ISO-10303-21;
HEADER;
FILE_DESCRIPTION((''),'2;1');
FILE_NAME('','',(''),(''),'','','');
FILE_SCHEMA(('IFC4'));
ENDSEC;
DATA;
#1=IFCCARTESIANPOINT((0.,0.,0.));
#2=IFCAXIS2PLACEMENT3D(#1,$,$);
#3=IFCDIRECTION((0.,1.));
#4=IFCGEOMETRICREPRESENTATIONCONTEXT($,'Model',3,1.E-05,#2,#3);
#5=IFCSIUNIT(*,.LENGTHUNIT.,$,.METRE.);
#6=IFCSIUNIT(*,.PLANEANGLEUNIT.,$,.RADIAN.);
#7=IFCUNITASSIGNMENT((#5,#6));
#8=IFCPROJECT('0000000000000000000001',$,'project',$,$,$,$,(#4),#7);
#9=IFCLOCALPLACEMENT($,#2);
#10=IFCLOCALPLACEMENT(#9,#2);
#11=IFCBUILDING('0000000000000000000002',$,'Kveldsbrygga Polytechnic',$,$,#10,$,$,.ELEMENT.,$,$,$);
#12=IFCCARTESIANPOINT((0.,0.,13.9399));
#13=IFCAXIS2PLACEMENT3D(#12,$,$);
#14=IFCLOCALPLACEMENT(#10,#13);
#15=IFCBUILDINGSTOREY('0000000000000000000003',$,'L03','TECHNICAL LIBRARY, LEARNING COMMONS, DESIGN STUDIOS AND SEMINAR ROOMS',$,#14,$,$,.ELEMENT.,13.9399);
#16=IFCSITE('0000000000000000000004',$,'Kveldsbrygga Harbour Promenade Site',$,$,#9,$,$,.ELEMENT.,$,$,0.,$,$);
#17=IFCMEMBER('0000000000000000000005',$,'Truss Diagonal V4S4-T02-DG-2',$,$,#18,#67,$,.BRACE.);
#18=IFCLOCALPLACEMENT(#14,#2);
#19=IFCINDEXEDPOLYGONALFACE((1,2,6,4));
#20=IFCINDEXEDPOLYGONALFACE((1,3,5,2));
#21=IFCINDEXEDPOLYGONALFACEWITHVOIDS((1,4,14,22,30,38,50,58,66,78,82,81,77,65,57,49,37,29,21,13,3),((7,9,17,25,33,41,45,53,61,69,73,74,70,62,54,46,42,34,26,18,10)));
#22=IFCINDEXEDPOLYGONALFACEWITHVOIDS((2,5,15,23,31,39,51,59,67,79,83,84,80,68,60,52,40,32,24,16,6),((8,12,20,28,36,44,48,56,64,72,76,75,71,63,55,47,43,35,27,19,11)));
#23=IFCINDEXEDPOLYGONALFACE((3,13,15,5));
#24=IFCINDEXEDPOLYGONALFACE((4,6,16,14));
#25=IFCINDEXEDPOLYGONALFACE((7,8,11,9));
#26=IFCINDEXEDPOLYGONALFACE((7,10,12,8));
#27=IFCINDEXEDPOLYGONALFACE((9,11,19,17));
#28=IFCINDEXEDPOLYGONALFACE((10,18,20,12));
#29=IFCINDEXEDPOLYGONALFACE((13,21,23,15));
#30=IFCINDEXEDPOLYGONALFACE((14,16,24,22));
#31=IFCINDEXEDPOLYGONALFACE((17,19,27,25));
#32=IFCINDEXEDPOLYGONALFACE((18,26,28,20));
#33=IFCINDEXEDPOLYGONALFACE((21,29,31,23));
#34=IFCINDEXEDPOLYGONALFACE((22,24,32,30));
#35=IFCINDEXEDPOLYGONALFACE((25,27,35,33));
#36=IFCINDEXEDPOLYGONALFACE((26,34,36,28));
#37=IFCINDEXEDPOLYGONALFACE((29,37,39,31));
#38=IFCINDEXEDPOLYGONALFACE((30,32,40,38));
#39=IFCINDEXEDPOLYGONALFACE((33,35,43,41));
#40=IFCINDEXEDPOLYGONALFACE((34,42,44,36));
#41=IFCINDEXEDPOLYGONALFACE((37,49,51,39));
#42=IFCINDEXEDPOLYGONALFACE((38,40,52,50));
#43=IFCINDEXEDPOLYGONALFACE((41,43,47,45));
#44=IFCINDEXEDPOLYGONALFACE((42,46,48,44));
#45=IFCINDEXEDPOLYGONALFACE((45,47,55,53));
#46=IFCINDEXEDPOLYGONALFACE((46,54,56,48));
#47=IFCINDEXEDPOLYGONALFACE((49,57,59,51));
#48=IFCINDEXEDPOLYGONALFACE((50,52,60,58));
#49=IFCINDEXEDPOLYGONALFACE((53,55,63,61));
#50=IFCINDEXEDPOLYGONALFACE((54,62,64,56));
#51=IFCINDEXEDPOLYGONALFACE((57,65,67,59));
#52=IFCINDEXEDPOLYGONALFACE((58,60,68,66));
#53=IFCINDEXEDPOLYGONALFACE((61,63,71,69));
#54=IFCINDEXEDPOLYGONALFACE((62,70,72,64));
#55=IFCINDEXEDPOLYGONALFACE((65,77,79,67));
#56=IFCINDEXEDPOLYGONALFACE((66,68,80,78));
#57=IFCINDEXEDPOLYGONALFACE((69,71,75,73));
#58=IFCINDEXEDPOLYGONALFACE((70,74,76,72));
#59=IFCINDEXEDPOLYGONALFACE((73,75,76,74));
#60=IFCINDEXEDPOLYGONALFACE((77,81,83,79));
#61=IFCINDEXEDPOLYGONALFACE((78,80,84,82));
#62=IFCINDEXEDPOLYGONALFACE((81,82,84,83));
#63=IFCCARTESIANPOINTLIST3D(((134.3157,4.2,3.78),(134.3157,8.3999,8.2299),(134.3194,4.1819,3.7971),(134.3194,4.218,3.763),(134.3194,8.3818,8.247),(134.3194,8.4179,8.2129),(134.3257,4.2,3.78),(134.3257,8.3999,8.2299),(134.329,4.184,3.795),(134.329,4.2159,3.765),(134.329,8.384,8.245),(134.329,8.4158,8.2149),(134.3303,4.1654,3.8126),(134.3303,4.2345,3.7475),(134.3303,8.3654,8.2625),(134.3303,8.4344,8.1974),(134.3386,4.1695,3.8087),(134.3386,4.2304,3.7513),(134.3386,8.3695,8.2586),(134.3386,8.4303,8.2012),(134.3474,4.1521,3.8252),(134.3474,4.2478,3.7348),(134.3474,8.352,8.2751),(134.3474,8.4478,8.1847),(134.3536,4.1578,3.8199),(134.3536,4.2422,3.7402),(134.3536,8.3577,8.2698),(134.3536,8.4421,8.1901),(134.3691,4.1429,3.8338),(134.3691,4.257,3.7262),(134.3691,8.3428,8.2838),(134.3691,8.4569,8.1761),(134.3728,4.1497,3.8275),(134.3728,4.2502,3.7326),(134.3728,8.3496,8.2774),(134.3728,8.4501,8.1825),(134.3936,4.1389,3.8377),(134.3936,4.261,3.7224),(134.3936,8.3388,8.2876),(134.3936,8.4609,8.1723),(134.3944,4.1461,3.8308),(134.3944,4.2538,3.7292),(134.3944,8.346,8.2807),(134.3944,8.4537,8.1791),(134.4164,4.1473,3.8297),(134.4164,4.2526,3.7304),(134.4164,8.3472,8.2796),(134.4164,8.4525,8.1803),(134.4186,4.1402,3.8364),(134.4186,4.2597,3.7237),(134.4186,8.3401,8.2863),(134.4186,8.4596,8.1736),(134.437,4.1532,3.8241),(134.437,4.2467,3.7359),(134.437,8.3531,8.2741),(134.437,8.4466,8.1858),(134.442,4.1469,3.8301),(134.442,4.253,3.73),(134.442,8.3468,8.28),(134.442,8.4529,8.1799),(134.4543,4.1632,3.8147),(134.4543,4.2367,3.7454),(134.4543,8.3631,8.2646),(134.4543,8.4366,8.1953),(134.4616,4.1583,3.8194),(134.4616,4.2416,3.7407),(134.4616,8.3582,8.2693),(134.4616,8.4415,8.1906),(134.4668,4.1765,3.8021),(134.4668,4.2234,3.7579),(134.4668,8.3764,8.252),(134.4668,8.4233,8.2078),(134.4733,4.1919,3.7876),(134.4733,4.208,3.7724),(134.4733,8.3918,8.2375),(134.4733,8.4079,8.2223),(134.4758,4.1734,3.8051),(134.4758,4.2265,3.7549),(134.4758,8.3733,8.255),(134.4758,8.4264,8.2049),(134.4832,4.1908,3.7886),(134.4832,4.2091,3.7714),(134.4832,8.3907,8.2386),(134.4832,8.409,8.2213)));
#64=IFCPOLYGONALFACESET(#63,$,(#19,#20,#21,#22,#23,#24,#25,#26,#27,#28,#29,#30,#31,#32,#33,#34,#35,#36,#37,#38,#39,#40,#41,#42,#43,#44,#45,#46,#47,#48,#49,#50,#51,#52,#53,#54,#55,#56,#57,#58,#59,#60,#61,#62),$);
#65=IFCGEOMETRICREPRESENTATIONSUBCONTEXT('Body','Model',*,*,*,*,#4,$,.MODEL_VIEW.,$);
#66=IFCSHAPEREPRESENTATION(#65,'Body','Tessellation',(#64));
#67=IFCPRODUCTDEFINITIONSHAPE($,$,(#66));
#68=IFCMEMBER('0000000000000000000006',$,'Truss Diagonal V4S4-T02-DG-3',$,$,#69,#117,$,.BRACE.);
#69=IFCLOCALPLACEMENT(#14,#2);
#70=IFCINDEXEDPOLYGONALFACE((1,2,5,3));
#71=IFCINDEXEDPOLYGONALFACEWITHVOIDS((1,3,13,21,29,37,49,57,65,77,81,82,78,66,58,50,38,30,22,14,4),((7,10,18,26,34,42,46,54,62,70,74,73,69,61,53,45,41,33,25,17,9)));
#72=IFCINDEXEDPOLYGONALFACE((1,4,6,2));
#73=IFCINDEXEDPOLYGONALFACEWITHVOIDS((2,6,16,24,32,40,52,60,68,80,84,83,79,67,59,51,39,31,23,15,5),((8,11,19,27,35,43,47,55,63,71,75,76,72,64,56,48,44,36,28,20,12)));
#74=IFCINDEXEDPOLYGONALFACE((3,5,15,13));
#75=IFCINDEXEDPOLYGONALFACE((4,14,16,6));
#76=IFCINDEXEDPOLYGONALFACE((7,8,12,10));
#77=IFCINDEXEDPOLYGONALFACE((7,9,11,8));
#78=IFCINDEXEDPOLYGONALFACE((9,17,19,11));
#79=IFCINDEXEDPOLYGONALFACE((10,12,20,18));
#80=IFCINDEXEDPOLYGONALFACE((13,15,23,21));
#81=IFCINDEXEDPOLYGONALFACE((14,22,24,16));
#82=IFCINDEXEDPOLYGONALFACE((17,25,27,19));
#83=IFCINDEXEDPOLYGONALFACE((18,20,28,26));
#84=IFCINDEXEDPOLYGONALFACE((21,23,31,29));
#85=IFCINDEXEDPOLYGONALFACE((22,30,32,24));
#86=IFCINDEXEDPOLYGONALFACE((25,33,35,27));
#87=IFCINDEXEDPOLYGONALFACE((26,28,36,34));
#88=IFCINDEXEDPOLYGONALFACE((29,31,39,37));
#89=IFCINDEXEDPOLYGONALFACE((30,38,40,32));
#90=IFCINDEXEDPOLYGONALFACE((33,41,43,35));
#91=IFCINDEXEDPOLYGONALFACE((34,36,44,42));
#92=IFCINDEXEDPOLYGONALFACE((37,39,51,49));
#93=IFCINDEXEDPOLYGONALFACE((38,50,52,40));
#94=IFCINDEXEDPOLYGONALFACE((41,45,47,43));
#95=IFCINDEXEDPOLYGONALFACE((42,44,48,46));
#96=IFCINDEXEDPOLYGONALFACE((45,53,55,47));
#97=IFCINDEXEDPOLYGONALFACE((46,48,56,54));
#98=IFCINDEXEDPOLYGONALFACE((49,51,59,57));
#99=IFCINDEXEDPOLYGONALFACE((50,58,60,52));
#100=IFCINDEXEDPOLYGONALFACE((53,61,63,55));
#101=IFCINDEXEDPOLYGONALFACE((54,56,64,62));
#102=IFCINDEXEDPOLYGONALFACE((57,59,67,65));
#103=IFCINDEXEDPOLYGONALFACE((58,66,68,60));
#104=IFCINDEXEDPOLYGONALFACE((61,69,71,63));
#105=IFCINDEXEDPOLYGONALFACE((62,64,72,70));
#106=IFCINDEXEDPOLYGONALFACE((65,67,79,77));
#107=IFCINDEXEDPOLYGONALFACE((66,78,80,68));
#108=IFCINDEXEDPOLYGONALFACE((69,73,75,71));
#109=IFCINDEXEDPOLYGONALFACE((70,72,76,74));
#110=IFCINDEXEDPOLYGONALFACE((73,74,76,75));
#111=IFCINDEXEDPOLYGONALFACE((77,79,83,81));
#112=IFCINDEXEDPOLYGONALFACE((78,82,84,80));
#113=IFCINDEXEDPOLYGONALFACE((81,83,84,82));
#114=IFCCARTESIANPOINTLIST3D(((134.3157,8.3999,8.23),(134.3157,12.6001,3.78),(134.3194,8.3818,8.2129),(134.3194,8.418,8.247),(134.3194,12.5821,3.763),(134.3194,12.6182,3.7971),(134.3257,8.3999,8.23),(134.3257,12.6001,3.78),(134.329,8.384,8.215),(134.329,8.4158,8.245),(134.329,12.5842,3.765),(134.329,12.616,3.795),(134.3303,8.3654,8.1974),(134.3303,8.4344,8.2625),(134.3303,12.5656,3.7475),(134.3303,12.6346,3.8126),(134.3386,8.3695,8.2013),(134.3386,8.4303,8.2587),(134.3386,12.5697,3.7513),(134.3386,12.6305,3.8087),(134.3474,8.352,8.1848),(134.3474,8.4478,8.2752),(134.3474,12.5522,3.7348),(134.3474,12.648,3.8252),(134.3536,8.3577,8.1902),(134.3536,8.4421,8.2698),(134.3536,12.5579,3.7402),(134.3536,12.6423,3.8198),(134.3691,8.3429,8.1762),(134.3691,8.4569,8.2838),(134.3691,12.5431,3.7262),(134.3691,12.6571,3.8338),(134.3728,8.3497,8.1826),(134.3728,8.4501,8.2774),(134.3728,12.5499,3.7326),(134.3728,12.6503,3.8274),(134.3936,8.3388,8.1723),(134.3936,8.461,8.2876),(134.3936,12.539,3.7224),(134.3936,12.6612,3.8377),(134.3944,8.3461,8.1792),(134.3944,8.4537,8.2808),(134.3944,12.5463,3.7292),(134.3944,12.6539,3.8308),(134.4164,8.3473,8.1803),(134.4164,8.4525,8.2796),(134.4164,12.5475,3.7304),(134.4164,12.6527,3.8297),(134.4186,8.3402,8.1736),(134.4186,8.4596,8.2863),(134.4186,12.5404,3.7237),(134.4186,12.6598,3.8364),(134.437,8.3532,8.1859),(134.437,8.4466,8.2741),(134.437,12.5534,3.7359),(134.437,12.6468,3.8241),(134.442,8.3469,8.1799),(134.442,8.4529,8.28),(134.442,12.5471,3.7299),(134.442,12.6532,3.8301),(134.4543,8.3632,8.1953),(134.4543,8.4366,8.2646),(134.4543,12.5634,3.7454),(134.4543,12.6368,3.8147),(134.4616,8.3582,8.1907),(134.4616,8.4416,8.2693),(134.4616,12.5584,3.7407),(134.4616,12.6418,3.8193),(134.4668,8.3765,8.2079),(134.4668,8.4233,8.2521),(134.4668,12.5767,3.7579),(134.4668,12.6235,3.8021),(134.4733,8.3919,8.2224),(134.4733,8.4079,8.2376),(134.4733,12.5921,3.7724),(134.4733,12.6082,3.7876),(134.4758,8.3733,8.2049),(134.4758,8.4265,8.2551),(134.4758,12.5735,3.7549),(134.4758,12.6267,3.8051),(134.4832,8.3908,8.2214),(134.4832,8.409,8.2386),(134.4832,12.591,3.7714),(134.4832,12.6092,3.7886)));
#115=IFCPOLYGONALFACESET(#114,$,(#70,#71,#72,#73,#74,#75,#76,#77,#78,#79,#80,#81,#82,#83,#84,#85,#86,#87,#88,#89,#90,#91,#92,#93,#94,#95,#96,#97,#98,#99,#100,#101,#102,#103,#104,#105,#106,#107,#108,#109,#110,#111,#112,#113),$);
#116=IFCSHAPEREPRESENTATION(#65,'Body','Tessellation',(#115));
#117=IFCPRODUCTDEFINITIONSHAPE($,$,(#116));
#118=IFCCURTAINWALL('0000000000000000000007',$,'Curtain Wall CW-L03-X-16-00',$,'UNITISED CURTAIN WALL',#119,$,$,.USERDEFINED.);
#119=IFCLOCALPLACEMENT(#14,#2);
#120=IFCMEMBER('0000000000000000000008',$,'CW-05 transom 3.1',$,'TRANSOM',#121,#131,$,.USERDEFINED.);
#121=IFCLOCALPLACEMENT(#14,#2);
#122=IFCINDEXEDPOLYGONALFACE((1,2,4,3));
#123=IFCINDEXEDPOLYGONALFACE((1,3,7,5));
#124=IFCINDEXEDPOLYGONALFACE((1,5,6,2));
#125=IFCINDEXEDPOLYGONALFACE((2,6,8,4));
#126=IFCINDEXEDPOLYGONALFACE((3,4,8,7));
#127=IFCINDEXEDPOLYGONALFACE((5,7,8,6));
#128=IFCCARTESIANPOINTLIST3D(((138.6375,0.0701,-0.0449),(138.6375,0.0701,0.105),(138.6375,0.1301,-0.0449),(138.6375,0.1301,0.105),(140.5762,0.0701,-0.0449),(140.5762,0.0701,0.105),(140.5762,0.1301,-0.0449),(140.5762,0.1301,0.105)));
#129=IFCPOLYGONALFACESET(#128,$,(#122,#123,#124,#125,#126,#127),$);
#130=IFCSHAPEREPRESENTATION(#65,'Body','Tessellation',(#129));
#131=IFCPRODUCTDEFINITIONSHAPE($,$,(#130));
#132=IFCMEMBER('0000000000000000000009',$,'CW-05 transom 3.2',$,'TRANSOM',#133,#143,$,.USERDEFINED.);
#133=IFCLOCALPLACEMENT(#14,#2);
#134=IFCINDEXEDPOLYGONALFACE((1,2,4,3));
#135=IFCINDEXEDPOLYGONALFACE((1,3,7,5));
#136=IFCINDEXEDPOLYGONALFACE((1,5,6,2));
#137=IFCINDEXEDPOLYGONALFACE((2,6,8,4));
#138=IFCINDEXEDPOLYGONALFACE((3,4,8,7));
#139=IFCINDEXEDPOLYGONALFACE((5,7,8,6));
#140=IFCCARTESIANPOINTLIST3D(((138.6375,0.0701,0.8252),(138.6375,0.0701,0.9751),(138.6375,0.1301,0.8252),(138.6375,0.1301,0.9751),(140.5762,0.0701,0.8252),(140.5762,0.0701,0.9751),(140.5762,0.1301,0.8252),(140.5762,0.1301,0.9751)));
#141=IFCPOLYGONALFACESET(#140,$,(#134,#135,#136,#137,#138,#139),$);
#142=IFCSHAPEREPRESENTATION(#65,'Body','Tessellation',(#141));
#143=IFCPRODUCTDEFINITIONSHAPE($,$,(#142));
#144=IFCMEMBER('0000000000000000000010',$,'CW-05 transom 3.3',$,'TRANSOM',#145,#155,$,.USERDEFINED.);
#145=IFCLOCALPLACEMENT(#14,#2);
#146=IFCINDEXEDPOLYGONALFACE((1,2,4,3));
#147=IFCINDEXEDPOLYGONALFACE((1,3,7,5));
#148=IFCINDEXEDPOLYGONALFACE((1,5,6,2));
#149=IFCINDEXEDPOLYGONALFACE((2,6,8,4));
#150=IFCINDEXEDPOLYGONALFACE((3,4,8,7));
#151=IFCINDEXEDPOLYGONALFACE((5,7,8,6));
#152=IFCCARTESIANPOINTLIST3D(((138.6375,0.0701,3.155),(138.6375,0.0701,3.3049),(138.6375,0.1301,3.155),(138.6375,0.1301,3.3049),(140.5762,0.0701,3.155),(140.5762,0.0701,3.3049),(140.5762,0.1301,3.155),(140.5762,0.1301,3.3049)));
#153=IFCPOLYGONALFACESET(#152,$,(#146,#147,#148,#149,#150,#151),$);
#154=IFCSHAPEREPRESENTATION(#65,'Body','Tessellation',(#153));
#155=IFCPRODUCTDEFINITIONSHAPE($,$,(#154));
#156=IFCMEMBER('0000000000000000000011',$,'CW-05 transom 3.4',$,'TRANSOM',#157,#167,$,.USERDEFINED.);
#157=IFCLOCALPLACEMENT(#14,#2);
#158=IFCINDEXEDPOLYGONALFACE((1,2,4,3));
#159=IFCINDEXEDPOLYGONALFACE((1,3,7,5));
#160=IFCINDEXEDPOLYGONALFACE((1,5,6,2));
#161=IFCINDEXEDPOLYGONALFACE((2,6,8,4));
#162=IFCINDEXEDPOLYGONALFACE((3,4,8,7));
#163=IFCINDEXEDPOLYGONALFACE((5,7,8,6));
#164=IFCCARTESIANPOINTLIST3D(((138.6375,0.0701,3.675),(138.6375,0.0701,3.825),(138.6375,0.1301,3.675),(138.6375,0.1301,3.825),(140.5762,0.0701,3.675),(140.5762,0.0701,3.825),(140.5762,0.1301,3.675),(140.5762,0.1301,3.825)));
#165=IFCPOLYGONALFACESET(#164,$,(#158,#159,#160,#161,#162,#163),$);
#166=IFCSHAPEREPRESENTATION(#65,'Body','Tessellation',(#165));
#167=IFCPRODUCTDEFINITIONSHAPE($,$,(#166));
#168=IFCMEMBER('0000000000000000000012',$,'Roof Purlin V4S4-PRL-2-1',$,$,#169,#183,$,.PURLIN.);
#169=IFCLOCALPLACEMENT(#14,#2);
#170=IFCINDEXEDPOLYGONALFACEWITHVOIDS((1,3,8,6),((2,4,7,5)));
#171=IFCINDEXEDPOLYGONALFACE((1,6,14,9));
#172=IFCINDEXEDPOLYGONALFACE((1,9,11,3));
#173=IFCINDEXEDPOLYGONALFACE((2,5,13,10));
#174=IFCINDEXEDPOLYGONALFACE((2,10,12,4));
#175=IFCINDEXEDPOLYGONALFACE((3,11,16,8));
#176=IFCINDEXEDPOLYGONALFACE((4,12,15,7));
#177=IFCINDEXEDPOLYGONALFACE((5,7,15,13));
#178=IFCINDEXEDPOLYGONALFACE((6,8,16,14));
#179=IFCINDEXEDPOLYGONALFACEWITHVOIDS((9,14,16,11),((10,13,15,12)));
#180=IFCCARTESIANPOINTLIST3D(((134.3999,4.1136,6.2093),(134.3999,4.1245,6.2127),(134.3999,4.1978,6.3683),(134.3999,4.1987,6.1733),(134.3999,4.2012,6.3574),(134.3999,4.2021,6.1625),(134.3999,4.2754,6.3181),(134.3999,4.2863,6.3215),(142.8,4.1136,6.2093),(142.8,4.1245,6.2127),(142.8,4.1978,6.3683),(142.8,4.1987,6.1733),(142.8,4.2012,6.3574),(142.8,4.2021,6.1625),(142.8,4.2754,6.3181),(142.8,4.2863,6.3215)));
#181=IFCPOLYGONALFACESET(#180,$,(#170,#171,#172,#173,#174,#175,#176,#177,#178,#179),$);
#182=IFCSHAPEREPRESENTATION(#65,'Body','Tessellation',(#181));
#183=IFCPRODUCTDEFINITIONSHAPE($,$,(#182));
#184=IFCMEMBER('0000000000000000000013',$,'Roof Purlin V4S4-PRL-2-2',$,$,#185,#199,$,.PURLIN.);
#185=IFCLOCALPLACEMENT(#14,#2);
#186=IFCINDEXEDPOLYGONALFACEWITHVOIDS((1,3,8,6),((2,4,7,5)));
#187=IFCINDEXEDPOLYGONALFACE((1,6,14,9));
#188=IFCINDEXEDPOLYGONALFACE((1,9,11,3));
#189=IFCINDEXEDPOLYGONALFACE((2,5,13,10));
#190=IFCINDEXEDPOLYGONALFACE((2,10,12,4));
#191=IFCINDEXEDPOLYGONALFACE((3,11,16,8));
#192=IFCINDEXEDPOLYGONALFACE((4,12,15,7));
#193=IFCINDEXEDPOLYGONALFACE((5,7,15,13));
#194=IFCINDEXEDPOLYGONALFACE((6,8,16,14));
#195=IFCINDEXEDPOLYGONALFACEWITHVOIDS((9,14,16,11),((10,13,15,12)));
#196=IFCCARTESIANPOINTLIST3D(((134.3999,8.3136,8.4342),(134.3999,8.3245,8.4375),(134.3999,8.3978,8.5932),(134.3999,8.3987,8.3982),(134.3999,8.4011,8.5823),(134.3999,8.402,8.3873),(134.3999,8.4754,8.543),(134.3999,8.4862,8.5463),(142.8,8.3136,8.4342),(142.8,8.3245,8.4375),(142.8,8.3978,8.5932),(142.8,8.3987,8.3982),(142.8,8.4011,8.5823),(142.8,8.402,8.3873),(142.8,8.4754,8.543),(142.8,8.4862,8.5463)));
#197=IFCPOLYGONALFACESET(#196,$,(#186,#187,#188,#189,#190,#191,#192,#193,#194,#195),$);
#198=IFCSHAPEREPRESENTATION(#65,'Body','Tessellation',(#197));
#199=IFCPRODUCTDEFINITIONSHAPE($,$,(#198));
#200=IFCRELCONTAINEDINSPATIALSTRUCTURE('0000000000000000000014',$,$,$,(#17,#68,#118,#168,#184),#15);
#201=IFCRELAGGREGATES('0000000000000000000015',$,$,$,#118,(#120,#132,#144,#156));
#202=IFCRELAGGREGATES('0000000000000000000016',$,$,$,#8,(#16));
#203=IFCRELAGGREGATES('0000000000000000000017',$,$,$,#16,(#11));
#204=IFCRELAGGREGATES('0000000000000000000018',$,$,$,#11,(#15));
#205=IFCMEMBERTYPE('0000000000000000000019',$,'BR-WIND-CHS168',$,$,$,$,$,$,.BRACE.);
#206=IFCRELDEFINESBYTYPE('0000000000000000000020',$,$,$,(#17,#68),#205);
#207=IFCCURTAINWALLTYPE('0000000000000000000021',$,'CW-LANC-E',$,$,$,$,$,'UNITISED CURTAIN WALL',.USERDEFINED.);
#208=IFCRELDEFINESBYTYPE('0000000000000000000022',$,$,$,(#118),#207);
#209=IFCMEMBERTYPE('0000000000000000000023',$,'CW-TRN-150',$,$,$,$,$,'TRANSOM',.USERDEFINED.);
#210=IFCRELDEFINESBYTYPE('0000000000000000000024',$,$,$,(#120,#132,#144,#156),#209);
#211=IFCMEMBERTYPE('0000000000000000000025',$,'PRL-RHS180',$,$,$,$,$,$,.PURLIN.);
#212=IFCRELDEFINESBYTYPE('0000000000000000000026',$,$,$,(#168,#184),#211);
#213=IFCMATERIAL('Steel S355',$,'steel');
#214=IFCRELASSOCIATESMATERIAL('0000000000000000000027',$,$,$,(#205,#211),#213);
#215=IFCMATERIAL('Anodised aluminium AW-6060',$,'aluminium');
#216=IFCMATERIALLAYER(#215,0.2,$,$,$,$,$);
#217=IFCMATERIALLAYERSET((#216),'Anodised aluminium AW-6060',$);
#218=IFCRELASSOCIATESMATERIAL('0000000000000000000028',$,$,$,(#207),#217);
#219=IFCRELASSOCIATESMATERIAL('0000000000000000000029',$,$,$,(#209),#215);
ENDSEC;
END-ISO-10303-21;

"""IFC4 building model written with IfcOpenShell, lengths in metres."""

from ifc_helpers import new_model, si_unit, direction, frame, origin, origin_2d, place, context, subcontext, project, spatial, rectangle, hollow_rectangle, hollow_circle, extrude, material, layer, layer_set, material_profile, profile_set, type_object, element, aggregate, save


model = new_model("IFC4")

# Units and contexts
model_context = context("Model", 3, precision=1e-05, world=origin(), true_north=direction((0.0, 1.0)))
body_context = subcontext(model_context, "Body", "Model", "MODEL_VIEW")
ifc_project = project(units=[si_unit("LENGTHUNIT", "METRE"), si_unit("PLANEANGLEUNIT", "RADIAN")], contexts=[model_context])

# Site, building, storey
site_placement = place(None, origin())
site = spatial("IfcSite", under=ifc_project, at=site_placement, Name="Kveldsbrygga Harbour Promenade Site", CompositionType="ELEMENT", RefElevation=0.0)
building_placement = place(site_placement, origin())
building = spatial("IfcBuilding", under=site, at=building_placement, Name="Kveldsbrygga Polytechnic", CompositionType="ELEMENT")
storey_placement = place(building_placement, frame((0.0, 0.0, 13.9399)))
storey = spatial("IfcBuildingStorey", under=building, at=storey_placement, Name="L03", Description="TECHNICAL LIBRARY, LEARNING COMMONS, DESIGN STUDIOS AND SEMINAR ROOMS", CompositionType="ELEMENT", Elevation=13.9399)

# Members
ifc_material_1 = material(Name="Steel S355", Category="steel")
ifc_material_profile_1 = material_profile(ifc_material_1, hollow_circle(Radius=0.0842, WallThickness=0.01, at=origin_2d()), Name="CHS 168.3x10.0")
ifc_profile_set_1 = profile_set([ifc_material_profile_1], Name="Steel S355")
member_type_1 = type_object("IfcMemberType", Name="BR-WIND-CHS168", PredefinedType="BRACE", material=ifc_profile_set_1)
member_1_placement = place(storey_placement, frame((134.3999, 4.2, 3.78), z_axis=(0.0, 0.686383, 0.72724), x_axis=(-1.0, 0.0, 0.0)))
element("IfcMember", 1, at=member_1_placement, inside=storey, type_object=member_type_1, Name="Truss Diagonal V4S4-T02-DG-2", PredefinedType="BRACE", context=body_context, shape_type="SweptSolid", body=[
    extrude(hollow_circle(Radius=0.0842, WallThickness=0.01, at=origin_2d()), origin(), (0.0, 0.0, 1.0), 6.1189),
])
member_2_placement = place(storey_placement, frame((134.3999, 8.3999, 8.23), z_axis=(0.0, 0.686404, -0.72722), x_axis=(-1.0, 0.0, 0.0)))
element("IfcMember", 2, at=member_2_placement, inside=storey, type_object=member_type_1, Name="Truss Diagonal V4S4-T02-DG-3", PredefinedType="BRACE", context=body_context, shape_type="SweptSolid", body=[
    extrude(hollow_circle(Radius=0.0842, WallThickness=0.01, at=origin_2d()), origin(), (0.0, 0.0, 1.0), 6.1191),
])

# Curtain wall, members
ifc_material_2 = material(Name="Anodised aluminium AW-6060", Category="aluminium")
ifc_layer_1 = layer(ifc_material_2, 0.2)
ifc_layer_set_1 = layer_set([ifc_layer_1], Name="Anodised aluminium AW-6060")
curtain_wall_type = type_object("IfcCurtainWallType", Name="CW-LANC-E", ElementType="UNITISED CURTAIN WALL", PredefinedType="USERDEFINED", material=ifc_layer_set_1)
curtain_wall_placement = place(storey_placement, origin())
curtain_wall = element("IfcCurtainWall", 3, at=curtain_wall_placement, inside=storey, type_object=curtain_wall_type, Name="Curtain Wall CW-L03-X-16-00", ObjectType="UNITISED CURTAIN WALL", PredefinedType="USERDEFINED")
ifc_material_profile_2 = material_profile(ifc_material_2, rectangle(XDim=0.0601, YDim=0.1499, at=origin_2d()), Name="ALU 60x150")
ifc_profile_set_2 = profile_set([ifc_material_profile_2], Name="Anodised aluminium AW-6060")
member_type_2 = type_object("IfcMemberType", Name="CW-TRN-150", ElementType="TRANSOM", PredefinedType="USERDEFINED", material=ifc_profile_set_2)
member_3_placement = place(storey_placement, frame((138.6375, 0.1001, 0.03), z_axis=(1.0, 0.0, 0.0), x_axis=(0.0, 1.0, 0.0)))
member_3 = element("IfcMember", 4, at=member_3_placement, type_object=member_type_2, Name="CW-05 transom 3.1", ObjectType="TRANSOM", PredefinedType="USERDEFINED", context=body_context, shape_type="SweptSolid", body=[
    extrude(rectangle(XDim=0.0601, YDim=0.1499, at=origin_2d()), origin(), (0.0, 0.0, 1.0), 1.9387),
])
member_4_placement = place(storey_placement, frame((138.6375, 0.1001, 0.9001), z_axis=(1.0, 0.0, 0.0), x_axis=(0.0, 1.0, 0.0)))
member_4 = element("IfcMember", 5, at=member_4_placement, type_object=member_type_2, Name="CW-05 transom 3.2", ObjectType="TRANSOM", PredefinedType="USERDEFINED", context=body_context, shape_type="SweptSolid", body=[
    extrude(rectangle(XDim=0.0601, YDim=0.1499, at=origin_2d()), origin(), (0.0, 0.0, 1.0), 1.9387),
])
member_5_placement = place(storey_placement, frame((138.6375, 0.1001, 3.23), z_axis=(1.0, 0.0, 0.0), x_axis=(0.0, 1.0, 0.0)))
member_5 = element("IfcMember", 6, at=member_5_placement, type_object=member_type_2, Name="CW-05 transom 3.3", ObjectType="TRANSOM", PredefinedType="USERDEFINED", context=body_context, shape_type="SweptSolid", body=[
    extrude(rectangle(XDim=0.0601, YDim=0.1499, at=origin_2d()), origin(), (0.0, 0.0, 1.0), 1.9387),
])
member_6_placement = place(storey_placement, frame((138.6375, 0.1001, 3.75), z_axis=(1.0, 0.0, 0.0), x_axis=(0.0, 1.0, 0.0)))
member_6 = element("IfcMember", 7, at=member_6_placement, type_object=member_type_2, Name="CW-05 transom 3.4", ObjectType="TRANSOM", PredefinedType="USERDEFINED", context=body_context, shape_type="SweptSolid", body=[
    extrude(rectangle(XDim=0.0601, YDim=0.1499, at=origin_2d()), origin(), (0.0, 0.0, 1.0), 1.9387),
])

# Members
ifc_material_profile_3 = material_profile(ifc_material_1, hollow_rectangle(XDim=0.1001, YDim=0.1799, WallThickness=0.0081, at=origin_2d()), Name="RHS 180x100x8.0")
ifc_profile_set_3 = profile_set([ifc_material_profile_3], Name="Steel S355")
member_type_3 = type_object("IfcMemberType", Name="PRL-RHS180", PredefinedType="PURLIN", material=ifc_profile_set_3)
for number, where, z_axis, x_axis, name in (
    (8, (134.3999, 4.2, 6.2654), (1.0, 0.0, 0.0), (0.0, 0.88366, -0.468129), "Roof Purlin V4S4-PRL-2-1"),
    (9, (134.3999, 8.3999, 8.4902), (1.0, 0.0, 0.0), (0.0, 0.88366, -0.468129), "Roof Purlin V4S4-PRL-2-2"),
):
    element("IfcMember", number, at=place(storey_placement, frame(where, z_axis=z_axis, x_axis=x_axis)), inside=storey, type_object=member_type_3, Name=name, PredefinedType="PURLIN", context=body_context, shape_type="SweptSolid", body=[
        extrude(hollow_rectangle(XDim=0.1001, YDim=0.1799, WallThickness=0.0081, at=origin_2d()), origin(), (0.0, 0.0, 1.0), 8.4001),
    ])

aggregate(curtain_wall, [member_3, member_4, member_5, member_6])

save(model, "model.ifc")
